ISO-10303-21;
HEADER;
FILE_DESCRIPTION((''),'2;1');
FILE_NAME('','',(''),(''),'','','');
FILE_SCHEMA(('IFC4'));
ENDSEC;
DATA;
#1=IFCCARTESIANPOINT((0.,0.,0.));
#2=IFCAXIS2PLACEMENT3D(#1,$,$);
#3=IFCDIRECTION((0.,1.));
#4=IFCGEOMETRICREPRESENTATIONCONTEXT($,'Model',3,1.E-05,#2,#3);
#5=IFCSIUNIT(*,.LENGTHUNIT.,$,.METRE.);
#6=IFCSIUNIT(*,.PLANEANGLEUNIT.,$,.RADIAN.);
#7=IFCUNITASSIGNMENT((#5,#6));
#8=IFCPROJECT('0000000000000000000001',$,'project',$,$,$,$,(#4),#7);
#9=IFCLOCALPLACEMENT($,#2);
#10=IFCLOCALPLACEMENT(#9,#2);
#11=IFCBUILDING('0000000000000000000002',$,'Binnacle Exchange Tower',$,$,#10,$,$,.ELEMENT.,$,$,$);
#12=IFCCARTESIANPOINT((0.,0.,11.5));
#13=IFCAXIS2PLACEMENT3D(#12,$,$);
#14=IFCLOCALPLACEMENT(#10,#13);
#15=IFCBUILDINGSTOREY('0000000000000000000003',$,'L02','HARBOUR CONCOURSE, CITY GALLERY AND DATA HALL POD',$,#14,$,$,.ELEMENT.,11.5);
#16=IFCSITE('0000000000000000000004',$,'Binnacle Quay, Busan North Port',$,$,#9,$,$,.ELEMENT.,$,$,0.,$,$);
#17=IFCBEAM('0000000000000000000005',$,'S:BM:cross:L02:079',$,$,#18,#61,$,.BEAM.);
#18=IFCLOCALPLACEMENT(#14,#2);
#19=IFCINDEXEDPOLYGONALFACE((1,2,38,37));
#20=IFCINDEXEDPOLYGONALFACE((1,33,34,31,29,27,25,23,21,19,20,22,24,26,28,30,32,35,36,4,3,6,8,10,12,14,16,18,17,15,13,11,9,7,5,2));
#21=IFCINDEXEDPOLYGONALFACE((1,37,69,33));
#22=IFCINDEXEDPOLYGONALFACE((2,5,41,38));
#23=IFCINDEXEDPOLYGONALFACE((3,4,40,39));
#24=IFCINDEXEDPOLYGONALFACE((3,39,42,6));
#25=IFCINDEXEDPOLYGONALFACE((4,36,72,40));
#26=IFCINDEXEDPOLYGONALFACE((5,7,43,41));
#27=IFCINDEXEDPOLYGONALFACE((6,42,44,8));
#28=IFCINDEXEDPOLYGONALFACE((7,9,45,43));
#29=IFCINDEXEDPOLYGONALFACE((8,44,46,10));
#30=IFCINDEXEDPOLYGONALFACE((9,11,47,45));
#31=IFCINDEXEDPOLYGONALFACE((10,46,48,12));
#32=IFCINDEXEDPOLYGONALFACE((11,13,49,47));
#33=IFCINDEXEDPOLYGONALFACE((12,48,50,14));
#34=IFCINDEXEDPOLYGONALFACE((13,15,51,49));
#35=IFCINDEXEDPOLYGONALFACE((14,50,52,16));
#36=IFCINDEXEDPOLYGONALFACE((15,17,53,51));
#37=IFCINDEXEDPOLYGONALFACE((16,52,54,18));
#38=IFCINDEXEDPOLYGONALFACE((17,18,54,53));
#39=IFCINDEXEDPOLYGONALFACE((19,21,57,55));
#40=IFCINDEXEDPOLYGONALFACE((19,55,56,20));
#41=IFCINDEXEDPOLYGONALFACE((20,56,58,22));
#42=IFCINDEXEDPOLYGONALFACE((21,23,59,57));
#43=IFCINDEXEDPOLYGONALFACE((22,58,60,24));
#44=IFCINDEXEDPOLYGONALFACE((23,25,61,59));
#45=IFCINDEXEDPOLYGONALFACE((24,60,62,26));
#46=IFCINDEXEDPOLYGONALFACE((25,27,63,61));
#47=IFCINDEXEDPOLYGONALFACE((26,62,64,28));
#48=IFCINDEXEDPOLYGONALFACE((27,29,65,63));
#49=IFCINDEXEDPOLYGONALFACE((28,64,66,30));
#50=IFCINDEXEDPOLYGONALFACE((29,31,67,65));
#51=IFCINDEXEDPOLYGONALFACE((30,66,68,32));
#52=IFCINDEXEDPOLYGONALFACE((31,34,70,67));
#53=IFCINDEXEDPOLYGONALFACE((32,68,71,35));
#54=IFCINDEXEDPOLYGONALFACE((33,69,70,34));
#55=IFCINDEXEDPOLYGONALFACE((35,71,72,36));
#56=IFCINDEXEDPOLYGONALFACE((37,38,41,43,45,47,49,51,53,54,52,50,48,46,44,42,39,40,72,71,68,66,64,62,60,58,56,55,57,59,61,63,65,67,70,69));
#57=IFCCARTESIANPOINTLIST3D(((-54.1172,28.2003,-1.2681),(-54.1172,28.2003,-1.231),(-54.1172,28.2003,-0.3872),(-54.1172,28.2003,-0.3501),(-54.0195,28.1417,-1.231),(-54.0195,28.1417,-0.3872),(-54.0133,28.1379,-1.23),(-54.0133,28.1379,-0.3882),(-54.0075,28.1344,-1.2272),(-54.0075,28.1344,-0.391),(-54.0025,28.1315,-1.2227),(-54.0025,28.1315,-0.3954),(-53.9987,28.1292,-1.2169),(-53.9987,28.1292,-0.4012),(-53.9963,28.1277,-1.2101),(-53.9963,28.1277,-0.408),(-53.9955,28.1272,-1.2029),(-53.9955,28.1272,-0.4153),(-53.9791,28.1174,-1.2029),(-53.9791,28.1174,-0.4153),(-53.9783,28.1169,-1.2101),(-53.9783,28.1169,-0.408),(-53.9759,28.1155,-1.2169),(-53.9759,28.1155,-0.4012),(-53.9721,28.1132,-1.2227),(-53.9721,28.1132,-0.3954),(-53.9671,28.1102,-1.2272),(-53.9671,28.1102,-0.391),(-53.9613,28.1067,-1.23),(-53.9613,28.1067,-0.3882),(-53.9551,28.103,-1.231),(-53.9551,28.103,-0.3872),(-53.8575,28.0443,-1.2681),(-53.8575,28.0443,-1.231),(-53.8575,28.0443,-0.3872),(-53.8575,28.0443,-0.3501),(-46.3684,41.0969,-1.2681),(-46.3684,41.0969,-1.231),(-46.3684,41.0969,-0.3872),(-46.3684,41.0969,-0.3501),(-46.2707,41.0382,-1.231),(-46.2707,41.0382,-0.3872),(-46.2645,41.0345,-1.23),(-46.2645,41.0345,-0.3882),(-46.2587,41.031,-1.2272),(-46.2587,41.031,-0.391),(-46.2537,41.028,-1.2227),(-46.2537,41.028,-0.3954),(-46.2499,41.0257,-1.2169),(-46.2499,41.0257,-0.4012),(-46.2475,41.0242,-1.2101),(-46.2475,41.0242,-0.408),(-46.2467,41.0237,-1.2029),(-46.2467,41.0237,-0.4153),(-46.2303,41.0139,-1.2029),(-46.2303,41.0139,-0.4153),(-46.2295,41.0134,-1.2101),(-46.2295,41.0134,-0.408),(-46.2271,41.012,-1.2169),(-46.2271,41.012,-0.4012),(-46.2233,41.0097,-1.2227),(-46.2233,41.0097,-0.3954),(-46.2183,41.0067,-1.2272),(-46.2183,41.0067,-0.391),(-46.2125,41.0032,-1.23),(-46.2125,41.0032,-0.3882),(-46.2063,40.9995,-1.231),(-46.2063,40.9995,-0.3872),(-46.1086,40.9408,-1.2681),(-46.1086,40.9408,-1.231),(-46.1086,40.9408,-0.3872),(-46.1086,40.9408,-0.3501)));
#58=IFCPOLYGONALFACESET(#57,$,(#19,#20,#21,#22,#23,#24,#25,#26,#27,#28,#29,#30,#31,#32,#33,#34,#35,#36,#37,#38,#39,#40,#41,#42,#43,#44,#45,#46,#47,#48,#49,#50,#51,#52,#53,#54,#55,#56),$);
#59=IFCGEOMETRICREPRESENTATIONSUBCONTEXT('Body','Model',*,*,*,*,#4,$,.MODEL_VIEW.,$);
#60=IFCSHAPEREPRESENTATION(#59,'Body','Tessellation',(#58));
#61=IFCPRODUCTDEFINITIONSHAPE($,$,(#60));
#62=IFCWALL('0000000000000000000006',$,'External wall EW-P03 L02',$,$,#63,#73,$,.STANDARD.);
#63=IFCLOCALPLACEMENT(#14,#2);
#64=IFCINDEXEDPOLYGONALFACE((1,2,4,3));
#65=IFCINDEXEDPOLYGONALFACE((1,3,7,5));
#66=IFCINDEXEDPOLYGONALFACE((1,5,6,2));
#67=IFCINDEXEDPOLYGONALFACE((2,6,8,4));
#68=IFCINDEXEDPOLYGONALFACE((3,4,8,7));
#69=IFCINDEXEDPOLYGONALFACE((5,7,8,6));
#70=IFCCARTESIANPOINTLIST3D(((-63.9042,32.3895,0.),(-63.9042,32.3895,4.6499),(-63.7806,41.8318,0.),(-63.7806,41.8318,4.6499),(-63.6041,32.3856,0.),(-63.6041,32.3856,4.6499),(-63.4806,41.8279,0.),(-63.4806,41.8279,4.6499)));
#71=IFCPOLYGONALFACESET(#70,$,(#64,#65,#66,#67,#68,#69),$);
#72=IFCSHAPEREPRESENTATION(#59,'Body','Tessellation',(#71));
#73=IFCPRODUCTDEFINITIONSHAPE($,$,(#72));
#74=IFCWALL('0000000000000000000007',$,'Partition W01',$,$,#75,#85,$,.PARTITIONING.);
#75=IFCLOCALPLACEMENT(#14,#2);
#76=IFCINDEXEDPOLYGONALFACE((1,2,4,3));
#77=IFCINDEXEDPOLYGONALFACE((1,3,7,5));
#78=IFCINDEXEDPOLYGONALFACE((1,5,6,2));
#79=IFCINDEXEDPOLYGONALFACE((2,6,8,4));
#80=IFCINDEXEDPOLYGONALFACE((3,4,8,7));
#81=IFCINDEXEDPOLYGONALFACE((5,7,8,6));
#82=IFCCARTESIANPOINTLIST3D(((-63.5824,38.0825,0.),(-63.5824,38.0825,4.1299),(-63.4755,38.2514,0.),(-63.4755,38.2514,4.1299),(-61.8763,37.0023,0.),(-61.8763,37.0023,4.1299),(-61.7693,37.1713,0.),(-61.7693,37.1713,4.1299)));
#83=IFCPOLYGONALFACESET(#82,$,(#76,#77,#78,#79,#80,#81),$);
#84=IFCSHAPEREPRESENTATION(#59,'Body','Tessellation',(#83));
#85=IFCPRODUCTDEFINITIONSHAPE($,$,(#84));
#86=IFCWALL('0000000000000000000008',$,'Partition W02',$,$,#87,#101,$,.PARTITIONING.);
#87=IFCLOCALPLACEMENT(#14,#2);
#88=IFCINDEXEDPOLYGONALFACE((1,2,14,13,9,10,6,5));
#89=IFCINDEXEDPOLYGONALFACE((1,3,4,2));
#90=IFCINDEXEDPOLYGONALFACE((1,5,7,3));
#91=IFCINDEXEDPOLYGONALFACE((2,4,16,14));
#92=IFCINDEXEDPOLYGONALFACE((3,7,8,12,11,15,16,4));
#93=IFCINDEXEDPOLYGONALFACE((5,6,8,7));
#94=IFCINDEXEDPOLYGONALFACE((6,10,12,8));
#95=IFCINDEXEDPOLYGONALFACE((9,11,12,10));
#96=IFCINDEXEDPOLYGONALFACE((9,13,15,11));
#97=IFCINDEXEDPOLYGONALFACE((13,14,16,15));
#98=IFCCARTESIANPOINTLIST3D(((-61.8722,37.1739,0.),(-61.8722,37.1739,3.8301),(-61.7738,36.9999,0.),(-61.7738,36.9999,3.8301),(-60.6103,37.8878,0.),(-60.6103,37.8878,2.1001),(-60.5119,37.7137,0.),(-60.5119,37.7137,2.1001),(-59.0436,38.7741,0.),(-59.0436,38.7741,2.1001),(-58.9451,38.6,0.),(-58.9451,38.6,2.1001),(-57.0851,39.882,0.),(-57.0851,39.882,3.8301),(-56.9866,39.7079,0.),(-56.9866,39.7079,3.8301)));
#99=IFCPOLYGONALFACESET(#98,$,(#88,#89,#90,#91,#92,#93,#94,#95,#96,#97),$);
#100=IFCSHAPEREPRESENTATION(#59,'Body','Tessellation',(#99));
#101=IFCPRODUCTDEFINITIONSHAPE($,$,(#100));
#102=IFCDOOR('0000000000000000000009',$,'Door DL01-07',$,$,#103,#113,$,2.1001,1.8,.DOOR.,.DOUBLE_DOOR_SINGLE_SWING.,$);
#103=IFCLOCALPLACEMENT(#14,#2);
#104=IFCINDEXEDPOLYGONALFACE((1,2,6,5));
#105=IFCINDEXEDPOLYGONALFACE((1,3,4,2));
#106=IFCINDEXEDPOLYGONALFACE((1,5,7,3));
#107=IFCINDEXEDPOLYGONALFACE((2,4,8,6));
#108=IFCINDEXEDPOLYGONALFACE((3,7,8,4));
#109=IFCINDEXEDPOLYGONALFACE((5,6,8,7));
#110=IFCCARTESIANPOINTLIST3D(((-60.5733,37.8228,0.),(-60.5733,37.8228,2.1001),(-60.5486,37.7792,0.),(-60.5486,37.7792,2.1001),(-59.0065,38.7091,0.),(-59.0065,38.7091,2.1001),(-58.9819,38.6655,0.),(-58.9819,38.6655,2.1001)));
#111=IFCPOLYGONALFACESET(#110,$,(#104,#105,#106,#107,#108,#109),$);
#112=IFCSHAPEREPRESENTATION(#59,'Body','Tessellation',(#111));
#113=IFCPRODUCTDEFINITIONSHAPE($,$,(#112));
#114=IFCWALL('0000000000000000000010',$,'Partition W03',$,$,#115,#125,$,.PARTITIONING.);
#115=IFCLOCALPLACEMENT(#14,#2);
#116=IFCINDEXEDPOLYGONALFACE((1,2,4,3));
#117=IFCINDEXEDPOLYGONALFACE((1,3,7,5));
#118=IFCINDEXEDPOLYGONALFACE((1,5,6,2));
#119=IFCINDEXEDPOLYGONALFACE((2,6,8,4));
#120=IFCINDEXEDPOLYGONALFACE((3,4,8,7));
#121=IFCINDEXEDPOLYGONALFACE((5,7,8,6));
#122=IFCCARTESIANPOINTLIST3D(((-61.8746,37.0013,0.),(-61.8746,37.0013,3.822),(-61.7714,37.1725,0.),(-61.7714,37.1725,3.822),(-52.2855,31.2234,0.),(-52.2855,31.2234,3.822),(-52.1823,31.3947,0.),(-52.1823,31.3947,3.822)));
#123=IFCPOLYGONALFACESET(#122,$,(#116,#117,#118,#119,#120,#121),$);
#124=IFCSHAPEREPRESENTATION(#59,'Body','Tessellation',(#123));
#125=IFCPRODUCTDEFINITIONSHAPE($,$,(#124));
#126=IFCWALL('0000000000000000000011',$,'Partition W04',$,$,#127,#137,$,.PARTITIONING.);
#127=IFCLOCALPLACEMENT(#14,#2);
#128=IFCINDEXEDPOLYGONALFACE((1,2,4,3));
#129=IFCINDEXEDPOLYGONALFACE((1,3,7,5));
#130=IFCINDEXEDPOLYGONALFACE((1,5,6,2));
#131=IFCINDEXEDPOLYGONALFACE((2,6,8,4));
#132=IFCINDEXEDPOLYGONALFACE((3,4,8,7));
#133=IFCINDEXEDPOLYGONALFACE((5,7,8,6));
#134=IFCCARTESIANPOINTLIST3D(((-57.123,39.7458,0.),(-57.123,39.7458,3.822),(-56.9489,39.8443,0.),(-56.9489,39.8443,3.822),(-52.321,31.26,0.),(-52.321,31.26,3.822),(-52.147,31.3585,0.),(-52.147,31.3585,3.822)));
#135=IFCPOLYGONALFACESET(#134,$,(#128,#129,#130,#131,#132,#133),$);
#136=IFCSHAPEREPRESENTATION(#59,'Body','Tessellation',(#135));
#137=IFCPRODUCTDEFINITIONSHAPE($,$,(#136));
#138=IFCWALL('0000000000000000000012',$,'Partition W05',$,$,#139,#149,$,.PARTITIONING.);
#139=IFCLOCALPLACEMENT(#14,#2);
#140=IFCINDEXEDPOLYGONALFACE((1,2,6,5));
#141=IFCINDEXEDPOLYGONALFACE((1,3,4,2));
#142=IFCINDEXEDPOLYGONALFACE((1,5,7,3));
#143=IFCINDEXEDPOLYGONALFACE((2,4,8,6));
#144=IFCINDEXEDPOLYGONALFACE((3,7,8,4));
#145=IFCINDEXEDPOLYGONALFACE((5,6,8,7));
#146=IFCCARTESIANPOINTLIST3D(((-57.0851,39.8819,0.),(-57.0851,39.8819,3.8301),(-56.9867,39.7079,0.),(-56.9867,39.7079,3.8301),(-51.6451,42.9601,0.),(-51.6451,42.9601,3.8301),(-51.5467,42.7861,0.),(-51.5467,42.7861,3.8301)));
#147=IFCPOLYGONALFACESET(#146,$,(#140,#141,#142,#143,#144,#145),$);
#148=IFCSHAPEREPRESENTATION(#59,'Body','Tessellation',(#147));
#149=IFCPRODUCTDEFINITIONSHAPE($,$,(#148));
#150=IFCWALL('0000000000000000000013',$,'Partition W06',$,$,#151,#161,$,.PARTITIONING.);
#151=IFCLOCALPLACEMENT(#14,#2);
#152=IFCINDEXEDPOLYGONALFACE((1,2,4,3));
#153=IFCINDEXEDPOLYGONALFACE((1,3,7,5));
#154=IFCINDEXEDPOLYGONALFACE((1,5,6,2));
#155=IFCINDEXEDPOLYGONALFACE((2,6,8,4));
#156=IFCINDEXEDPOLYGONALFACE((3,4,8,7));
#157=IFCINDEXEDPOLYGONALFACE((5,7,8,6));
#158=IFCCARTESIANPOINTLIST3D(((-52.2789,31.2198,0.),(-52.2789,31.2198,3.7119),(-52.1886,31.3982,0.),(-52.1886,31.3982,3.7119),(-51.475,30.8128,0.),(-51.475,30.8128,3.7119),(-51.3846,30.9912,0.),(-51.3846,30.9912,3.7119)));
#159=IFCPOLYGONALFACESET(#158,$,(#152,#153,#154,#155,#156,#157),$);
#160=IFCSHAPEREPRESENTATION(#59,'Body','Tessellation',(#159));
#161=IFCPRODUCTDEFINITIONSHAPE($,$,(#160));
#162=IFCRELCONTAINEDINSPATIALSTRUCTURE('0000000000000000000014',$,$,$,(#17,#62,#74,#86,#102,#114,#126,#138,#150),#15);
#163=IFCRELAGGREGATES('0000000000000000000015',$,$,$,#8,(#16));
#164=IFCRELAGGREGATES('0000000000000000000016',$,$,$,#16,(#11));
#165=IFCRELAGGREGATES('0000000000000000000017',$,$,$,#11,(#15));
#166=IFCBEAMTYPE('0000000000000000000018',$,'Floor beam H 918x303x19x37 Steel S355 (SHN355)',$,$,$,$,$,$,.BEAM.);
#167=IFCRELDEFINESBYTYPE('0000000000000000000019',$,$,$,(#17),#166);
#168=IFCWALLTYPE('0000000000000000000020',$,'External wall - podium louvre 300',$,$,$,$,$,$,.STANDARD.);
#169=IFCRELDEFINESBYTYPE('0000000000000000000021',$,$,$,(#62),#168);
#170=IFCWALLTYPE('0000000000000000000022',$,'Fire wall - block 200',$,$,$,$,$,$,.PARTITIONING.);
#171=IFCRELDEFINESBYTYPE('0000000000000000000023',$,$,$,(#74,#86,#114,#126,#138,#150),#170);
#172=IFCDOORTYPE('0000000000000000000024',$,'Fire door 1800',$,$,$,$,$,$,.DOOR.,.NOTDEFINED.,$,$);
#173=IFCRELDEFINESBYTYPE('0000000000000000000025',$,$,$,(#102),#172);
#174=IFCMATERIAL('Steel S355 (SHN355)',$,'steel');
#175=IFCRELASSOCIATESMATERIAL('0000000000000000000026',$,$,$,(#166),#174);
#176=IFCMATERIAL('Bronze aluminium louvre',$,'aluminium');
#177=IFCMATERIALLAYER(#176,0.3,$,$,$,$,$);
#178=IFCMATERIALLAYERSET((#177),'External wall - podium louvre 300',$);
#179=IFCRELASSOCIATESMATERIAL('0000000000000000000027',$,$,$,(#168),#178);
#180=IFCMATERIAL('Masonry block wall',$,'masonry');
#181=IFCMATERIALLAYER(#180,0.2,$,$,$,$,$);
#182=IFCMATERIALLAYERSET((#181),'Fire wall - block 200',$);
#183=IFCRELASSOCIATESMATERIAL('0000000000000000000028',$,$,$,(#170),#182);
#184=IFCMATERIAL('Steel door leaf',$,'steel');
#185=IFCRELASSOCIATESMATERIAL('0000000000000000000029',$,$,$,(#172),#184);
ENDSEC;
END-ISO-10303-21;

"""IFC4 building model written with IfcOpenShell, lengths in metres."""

from ifc_helpers import new_model, si_unit, direction, frame, frame_2d, origin, origin_2d, place, context, subcontext, project, spatial, rectangle, i_section, extrude, material, layer, layer_set, material_profile, profile_set, type_object, element, fill, save


model = new_model("IFC4")

# Units and contexts
model_context = context("Model", 3, precision=1e-05, world=origin(), true_north=direction((0.0, 1.0)))
body_context = subcontext(model_context, "Body", "Model", "MODEL_VIEW")
ifc_project = project(units=[si_unit("LENGTHUNIT", "METRE"), si_unit("PLANEANGLEUNIT", "RADIAN")], contexts=[model_context])

# Site, building, storey
site_placement = place(None, origin())
site = spatial("IfcSite", under=ifc_project, at=site_placement, Name="Binnacle Quay, Busan North Port", CompositionType="ELEMENT", RefElevation=0.0)
building_placement = place(site_placement, origin())
building = spatial("IfcBuilding", under=site, at=building_placement, Name="Binnacle Exchange Tower", CompositionType="ELEMENT")
storey_placement = place(building_placement, frame((0.0, 0.0, 11.5)))
storey = spatial("IfcBuildingStorey", under=building, at=storey_placement, Name="L02", Description="HARBOUR CONCOURSE, CITY GALLERY AND DATA HALL POD", CompositionType="ELEMENT", Elevation=11.5)

# Beam
ifc_material_1 = material(Name="Steel S355 (SHN355)", Category="steel")
ifc_material_profile_1 = material_profile(ifc_material_1, i_section(OverallWidth=0.303, OverallDepth=0.918, WebThickness=0.019, FlangeThickness=0.0371, FilletRadius=0.0281, at=origin_2d()), Name="H 918x303x19x37")
ifc_profile_set_1 = profile_set([ifc_material_profile_1], Name="Steel S355 (SHN355)")
beam_type_1 = type_object("IfcBeamType", Name="Floor beam H 918x303x19x37 Steel S355 (SHN355)", PredefinedType="BEAM", material=ifc_profile_set_1)
beam_1_placement = place(storey_placement, frame((-53.9873, 28.1223, -0.8091), z_axis=(0.515028, 0.857173, 0.0), x_axis=(-0.857173, 0.515028, 0.0)))
element("IfcBeam", 1, at=beam_1_placement, inside=storey, type_object=beam_type_1, Name="S:BM:cross:L02:079", PredefinedType="BEAM", context=body_context, shape_type="SweptSolid", body=[
    extrude(i_section(OverallWidth=0.303, OverallDepth=0.918, WebThickness=0.019, FlangeThickness=0.0371, FilletRadius=0.0281, at=origin_2d()), origin(), (0.0, 0.0, 1.0), 15.0454),
])

# Walls
ifc_material_2 = material(Name="Bronze aluminium louvre", Category="aluminium")
ifc_layer_1 = layer(ifc_material_2, 0.3)
ifc_layer_set_1 = layer_set([ifc_layer_1], Name="External wall - podium louvre 300")
wall_type_1 = type_object("IfcWallType", Name="External wall - podium louvre 300", PredefinedType="STANDARD", material=ifc_layer_set_1)
wall_1_placement = place(storey_placement, frame((-63.7542, 32.3875, 0.0), z_axis=(0.0, 0.0, 1.0), x_axis=(0.013082, 0.999914, 0.0)))
element("IfcWall", 2, at=wall_1_placement, inside=storey, type_object=wall_type_1, Name="External wall EW-P03 L02", PredefinedType="STANDARD", context=body_context, shape_type="SweptSolid", body=[
    extrude(rectangle(XDim=9.4431, YDim=0.3, at=frame_2d((4.7217, 0.0))), origin(), (0.0, 0.0, 1.0), 4.6499),
])
ifc_material_3 = material(Name="Masonry block wall", Category="masonry")
ifc_layer_2 = layer(ifc_material_3, 0.2)
ifc_layer_set_2 = layer_set([ifc_layer_2], Name="Fire wall - block 200")
wall_type_2 = type_object("IfcWallType", Name="Fire wall - block 200", PredefinedType="PARTITIONING", material=ifc_layer_set_2)
wall_2_placement = place(storey_placement, frame((-63.5291, 38.167, 0.0), z_axis=(0.0, 0.0, 1.0), x_axis=(0.844914, -0.534902, 0.0)))
element("IfcWall", 3, at=wall_2_placement, inside=storey, type_object=wall_type_2, Name="Partition W01", PredefinedType="PARTITIONING", context=body_context, shape_type="SweptSolid", body=[
    extrude(rectangle(XDim=2.0193, YDim=0.2, at=frame_2d((1.0098, 0.0))), origin(), (0.0, 0.0, 1.0), 4.1299),
])

# Wall, opening, door
wall_3_placement = place(storey_placement, frame((-61.823, 37.0869, 0.0), z_axis=(0.0, 0.0, 1.0), x_axis=(0.870388, 0.492367, 0.0)))
wall_3 = element("IfcWall", 4, at=wall_3_placement, inside=storey, type_object=wall_type_2, Name="Partition W02", PredefinedType="PARTITIONING", context=body_context, shape_type="SweptSolid", body=[
    extrude(rectangle(XDim=5.5, YDim=0.2, at=frame_2d((2.75, 0.0))), origin(), (0.0, 0.0, 1.0), 3.8301),
])
opening_placement = place(wall_3_placement, frame((1.45, 0.0, 0.0)))
opening = element("IfcOpeningElement", 5, at=opening_placement, cuts=wall_3, PredefinedType="OPENING", context=body_context, shape_type="SweptSolid", body=[
    extrude(rectangle(XDim=1.8, YDim=2.1001, at=frame_2d((0.8999, 1.05))), frame((0.0, 0.1099, 0.0), z_axis=(0.0, -1.0, 0.0), x_axis=(1.0, 0.0, 0.0)), (0.0, 0.0, 1.0), 0.22),
])
ifc_material_4 = material(Name="Steel door leaf", Category="steel")
door_type = type_object("IfcDoorType", Name="Fire door 1800", OperationType="NOTDEFINED", PredefinedType="DOOR", material=ifc_material_4)
door_placement = place(opening_placement, frame((1.8, 0.0, 0.0), z_axis=(0.0, 0.0, 1.0), x_axis=(-1.0, 0.0, 0.0)))
door = element("IfcDoor", 6, at=door_placement, inside=storey, type_object=door_type, Name="Door DL01-07", OperationType="DOUBLE_DOOR_SINGLE_SWING", OverallHeight=2.1001, OverallWidth=1.8, PredefinedType="DOOR", context=body_context, shape_type="SweptSolid", body=[
    extrude(rectangle(XDim=1.8, YDim=2.1001, at=frame_2d((0.8999, 1.05))), frame((0.0, 0.0249, 0.0), z_axis=(0.0, -1.0, 0.0), x_axis=(1.0, 0.0, 0.0)), (0.0, 0.0, 1.0), 0.05),
])
fill(opening, door)

# Walls
wall_4_placement = place(storey_placement, frame((-61.823, 37.0869, 0.0), z_axis=(0.0, 0.0, 1.0), x_axis=(0.856531, -0.516095, 0.0)))
element("IfcWall", 7, at=wall_4_placement, inside=storey, type_object=wall_type_2, Name="Partition W03", PredefinedType="PARTITIONING", context=body_context, shape_type="SweptSolid", body=[
    extrude(rectangle(XDim=11.1953, YDim=0.2, at=frame_2d((5.5977, 0.0))), origin(), (0.0, 0.0, 1.0), 3.822),
])
wall_5_placement = place(storey_placement, frame((-57.0359, 39.7949, 0.0), z_axis=(0.0, 0.0, 1.0), x_axis=(0.492497, -0.870314, 0.0)))
element("IfcWall", 8, at=wall_5_placement, inside=storey, type_object=wall_type_2, Name="Partition W04", PredefinedType="PARTITIONING", context=body_context, shape_type="SweptSolid", body=[
    extrude(rectangle(XDim=9.7502, YDim=0.2, at=frame_2d((4.875, 0.0))), origin(), (0.0, 0.0, 1.0), 3.822),
])
wall_6_placement = place(storey_placement, frame((-57.0359, 39.7949, 0.0), z_axis=(0.0, 0.0, 1.0), x_axis=(0.870331, 0.492466, 0.0)))
element("IfcWall", 9, at=wall_6_placement, inside=storey, type_object=wall_type_2, Name="Partition W05", PredefinedType="PARTITIONING", context=body_context, shape_type="SweptSolid", body=[
    extrude(rectangle(XDim=6.2505, YDim=0.2, at=frame_2d((3.1252, 0.0))), origin(), (0.0, 0.0, 1.0), 3.8301),
])
wall_7_placement = place(storey_placement, frame((-52.2339, 31.3091, 0.0), z_axis=(0.0, 0.0, 1.0), x_axis=(0.892194, -0.451651, 0.0)))
element("IfcWall", 10, at=wall_7_placement, inside=storey, type_object=wall_type_2, Name="Partition W06", PredefinedType="PARTITIONING", context=body_context, shape_type="SweptSolid", body=[
    extrude(rectangle(XDim=0.9011, YDim=0.2, at=frame_2d((0.4507, 0.0))), origin(), (0.0, 0.0, 1.0), 3.7119),
])

save(model, "model.ifc")
